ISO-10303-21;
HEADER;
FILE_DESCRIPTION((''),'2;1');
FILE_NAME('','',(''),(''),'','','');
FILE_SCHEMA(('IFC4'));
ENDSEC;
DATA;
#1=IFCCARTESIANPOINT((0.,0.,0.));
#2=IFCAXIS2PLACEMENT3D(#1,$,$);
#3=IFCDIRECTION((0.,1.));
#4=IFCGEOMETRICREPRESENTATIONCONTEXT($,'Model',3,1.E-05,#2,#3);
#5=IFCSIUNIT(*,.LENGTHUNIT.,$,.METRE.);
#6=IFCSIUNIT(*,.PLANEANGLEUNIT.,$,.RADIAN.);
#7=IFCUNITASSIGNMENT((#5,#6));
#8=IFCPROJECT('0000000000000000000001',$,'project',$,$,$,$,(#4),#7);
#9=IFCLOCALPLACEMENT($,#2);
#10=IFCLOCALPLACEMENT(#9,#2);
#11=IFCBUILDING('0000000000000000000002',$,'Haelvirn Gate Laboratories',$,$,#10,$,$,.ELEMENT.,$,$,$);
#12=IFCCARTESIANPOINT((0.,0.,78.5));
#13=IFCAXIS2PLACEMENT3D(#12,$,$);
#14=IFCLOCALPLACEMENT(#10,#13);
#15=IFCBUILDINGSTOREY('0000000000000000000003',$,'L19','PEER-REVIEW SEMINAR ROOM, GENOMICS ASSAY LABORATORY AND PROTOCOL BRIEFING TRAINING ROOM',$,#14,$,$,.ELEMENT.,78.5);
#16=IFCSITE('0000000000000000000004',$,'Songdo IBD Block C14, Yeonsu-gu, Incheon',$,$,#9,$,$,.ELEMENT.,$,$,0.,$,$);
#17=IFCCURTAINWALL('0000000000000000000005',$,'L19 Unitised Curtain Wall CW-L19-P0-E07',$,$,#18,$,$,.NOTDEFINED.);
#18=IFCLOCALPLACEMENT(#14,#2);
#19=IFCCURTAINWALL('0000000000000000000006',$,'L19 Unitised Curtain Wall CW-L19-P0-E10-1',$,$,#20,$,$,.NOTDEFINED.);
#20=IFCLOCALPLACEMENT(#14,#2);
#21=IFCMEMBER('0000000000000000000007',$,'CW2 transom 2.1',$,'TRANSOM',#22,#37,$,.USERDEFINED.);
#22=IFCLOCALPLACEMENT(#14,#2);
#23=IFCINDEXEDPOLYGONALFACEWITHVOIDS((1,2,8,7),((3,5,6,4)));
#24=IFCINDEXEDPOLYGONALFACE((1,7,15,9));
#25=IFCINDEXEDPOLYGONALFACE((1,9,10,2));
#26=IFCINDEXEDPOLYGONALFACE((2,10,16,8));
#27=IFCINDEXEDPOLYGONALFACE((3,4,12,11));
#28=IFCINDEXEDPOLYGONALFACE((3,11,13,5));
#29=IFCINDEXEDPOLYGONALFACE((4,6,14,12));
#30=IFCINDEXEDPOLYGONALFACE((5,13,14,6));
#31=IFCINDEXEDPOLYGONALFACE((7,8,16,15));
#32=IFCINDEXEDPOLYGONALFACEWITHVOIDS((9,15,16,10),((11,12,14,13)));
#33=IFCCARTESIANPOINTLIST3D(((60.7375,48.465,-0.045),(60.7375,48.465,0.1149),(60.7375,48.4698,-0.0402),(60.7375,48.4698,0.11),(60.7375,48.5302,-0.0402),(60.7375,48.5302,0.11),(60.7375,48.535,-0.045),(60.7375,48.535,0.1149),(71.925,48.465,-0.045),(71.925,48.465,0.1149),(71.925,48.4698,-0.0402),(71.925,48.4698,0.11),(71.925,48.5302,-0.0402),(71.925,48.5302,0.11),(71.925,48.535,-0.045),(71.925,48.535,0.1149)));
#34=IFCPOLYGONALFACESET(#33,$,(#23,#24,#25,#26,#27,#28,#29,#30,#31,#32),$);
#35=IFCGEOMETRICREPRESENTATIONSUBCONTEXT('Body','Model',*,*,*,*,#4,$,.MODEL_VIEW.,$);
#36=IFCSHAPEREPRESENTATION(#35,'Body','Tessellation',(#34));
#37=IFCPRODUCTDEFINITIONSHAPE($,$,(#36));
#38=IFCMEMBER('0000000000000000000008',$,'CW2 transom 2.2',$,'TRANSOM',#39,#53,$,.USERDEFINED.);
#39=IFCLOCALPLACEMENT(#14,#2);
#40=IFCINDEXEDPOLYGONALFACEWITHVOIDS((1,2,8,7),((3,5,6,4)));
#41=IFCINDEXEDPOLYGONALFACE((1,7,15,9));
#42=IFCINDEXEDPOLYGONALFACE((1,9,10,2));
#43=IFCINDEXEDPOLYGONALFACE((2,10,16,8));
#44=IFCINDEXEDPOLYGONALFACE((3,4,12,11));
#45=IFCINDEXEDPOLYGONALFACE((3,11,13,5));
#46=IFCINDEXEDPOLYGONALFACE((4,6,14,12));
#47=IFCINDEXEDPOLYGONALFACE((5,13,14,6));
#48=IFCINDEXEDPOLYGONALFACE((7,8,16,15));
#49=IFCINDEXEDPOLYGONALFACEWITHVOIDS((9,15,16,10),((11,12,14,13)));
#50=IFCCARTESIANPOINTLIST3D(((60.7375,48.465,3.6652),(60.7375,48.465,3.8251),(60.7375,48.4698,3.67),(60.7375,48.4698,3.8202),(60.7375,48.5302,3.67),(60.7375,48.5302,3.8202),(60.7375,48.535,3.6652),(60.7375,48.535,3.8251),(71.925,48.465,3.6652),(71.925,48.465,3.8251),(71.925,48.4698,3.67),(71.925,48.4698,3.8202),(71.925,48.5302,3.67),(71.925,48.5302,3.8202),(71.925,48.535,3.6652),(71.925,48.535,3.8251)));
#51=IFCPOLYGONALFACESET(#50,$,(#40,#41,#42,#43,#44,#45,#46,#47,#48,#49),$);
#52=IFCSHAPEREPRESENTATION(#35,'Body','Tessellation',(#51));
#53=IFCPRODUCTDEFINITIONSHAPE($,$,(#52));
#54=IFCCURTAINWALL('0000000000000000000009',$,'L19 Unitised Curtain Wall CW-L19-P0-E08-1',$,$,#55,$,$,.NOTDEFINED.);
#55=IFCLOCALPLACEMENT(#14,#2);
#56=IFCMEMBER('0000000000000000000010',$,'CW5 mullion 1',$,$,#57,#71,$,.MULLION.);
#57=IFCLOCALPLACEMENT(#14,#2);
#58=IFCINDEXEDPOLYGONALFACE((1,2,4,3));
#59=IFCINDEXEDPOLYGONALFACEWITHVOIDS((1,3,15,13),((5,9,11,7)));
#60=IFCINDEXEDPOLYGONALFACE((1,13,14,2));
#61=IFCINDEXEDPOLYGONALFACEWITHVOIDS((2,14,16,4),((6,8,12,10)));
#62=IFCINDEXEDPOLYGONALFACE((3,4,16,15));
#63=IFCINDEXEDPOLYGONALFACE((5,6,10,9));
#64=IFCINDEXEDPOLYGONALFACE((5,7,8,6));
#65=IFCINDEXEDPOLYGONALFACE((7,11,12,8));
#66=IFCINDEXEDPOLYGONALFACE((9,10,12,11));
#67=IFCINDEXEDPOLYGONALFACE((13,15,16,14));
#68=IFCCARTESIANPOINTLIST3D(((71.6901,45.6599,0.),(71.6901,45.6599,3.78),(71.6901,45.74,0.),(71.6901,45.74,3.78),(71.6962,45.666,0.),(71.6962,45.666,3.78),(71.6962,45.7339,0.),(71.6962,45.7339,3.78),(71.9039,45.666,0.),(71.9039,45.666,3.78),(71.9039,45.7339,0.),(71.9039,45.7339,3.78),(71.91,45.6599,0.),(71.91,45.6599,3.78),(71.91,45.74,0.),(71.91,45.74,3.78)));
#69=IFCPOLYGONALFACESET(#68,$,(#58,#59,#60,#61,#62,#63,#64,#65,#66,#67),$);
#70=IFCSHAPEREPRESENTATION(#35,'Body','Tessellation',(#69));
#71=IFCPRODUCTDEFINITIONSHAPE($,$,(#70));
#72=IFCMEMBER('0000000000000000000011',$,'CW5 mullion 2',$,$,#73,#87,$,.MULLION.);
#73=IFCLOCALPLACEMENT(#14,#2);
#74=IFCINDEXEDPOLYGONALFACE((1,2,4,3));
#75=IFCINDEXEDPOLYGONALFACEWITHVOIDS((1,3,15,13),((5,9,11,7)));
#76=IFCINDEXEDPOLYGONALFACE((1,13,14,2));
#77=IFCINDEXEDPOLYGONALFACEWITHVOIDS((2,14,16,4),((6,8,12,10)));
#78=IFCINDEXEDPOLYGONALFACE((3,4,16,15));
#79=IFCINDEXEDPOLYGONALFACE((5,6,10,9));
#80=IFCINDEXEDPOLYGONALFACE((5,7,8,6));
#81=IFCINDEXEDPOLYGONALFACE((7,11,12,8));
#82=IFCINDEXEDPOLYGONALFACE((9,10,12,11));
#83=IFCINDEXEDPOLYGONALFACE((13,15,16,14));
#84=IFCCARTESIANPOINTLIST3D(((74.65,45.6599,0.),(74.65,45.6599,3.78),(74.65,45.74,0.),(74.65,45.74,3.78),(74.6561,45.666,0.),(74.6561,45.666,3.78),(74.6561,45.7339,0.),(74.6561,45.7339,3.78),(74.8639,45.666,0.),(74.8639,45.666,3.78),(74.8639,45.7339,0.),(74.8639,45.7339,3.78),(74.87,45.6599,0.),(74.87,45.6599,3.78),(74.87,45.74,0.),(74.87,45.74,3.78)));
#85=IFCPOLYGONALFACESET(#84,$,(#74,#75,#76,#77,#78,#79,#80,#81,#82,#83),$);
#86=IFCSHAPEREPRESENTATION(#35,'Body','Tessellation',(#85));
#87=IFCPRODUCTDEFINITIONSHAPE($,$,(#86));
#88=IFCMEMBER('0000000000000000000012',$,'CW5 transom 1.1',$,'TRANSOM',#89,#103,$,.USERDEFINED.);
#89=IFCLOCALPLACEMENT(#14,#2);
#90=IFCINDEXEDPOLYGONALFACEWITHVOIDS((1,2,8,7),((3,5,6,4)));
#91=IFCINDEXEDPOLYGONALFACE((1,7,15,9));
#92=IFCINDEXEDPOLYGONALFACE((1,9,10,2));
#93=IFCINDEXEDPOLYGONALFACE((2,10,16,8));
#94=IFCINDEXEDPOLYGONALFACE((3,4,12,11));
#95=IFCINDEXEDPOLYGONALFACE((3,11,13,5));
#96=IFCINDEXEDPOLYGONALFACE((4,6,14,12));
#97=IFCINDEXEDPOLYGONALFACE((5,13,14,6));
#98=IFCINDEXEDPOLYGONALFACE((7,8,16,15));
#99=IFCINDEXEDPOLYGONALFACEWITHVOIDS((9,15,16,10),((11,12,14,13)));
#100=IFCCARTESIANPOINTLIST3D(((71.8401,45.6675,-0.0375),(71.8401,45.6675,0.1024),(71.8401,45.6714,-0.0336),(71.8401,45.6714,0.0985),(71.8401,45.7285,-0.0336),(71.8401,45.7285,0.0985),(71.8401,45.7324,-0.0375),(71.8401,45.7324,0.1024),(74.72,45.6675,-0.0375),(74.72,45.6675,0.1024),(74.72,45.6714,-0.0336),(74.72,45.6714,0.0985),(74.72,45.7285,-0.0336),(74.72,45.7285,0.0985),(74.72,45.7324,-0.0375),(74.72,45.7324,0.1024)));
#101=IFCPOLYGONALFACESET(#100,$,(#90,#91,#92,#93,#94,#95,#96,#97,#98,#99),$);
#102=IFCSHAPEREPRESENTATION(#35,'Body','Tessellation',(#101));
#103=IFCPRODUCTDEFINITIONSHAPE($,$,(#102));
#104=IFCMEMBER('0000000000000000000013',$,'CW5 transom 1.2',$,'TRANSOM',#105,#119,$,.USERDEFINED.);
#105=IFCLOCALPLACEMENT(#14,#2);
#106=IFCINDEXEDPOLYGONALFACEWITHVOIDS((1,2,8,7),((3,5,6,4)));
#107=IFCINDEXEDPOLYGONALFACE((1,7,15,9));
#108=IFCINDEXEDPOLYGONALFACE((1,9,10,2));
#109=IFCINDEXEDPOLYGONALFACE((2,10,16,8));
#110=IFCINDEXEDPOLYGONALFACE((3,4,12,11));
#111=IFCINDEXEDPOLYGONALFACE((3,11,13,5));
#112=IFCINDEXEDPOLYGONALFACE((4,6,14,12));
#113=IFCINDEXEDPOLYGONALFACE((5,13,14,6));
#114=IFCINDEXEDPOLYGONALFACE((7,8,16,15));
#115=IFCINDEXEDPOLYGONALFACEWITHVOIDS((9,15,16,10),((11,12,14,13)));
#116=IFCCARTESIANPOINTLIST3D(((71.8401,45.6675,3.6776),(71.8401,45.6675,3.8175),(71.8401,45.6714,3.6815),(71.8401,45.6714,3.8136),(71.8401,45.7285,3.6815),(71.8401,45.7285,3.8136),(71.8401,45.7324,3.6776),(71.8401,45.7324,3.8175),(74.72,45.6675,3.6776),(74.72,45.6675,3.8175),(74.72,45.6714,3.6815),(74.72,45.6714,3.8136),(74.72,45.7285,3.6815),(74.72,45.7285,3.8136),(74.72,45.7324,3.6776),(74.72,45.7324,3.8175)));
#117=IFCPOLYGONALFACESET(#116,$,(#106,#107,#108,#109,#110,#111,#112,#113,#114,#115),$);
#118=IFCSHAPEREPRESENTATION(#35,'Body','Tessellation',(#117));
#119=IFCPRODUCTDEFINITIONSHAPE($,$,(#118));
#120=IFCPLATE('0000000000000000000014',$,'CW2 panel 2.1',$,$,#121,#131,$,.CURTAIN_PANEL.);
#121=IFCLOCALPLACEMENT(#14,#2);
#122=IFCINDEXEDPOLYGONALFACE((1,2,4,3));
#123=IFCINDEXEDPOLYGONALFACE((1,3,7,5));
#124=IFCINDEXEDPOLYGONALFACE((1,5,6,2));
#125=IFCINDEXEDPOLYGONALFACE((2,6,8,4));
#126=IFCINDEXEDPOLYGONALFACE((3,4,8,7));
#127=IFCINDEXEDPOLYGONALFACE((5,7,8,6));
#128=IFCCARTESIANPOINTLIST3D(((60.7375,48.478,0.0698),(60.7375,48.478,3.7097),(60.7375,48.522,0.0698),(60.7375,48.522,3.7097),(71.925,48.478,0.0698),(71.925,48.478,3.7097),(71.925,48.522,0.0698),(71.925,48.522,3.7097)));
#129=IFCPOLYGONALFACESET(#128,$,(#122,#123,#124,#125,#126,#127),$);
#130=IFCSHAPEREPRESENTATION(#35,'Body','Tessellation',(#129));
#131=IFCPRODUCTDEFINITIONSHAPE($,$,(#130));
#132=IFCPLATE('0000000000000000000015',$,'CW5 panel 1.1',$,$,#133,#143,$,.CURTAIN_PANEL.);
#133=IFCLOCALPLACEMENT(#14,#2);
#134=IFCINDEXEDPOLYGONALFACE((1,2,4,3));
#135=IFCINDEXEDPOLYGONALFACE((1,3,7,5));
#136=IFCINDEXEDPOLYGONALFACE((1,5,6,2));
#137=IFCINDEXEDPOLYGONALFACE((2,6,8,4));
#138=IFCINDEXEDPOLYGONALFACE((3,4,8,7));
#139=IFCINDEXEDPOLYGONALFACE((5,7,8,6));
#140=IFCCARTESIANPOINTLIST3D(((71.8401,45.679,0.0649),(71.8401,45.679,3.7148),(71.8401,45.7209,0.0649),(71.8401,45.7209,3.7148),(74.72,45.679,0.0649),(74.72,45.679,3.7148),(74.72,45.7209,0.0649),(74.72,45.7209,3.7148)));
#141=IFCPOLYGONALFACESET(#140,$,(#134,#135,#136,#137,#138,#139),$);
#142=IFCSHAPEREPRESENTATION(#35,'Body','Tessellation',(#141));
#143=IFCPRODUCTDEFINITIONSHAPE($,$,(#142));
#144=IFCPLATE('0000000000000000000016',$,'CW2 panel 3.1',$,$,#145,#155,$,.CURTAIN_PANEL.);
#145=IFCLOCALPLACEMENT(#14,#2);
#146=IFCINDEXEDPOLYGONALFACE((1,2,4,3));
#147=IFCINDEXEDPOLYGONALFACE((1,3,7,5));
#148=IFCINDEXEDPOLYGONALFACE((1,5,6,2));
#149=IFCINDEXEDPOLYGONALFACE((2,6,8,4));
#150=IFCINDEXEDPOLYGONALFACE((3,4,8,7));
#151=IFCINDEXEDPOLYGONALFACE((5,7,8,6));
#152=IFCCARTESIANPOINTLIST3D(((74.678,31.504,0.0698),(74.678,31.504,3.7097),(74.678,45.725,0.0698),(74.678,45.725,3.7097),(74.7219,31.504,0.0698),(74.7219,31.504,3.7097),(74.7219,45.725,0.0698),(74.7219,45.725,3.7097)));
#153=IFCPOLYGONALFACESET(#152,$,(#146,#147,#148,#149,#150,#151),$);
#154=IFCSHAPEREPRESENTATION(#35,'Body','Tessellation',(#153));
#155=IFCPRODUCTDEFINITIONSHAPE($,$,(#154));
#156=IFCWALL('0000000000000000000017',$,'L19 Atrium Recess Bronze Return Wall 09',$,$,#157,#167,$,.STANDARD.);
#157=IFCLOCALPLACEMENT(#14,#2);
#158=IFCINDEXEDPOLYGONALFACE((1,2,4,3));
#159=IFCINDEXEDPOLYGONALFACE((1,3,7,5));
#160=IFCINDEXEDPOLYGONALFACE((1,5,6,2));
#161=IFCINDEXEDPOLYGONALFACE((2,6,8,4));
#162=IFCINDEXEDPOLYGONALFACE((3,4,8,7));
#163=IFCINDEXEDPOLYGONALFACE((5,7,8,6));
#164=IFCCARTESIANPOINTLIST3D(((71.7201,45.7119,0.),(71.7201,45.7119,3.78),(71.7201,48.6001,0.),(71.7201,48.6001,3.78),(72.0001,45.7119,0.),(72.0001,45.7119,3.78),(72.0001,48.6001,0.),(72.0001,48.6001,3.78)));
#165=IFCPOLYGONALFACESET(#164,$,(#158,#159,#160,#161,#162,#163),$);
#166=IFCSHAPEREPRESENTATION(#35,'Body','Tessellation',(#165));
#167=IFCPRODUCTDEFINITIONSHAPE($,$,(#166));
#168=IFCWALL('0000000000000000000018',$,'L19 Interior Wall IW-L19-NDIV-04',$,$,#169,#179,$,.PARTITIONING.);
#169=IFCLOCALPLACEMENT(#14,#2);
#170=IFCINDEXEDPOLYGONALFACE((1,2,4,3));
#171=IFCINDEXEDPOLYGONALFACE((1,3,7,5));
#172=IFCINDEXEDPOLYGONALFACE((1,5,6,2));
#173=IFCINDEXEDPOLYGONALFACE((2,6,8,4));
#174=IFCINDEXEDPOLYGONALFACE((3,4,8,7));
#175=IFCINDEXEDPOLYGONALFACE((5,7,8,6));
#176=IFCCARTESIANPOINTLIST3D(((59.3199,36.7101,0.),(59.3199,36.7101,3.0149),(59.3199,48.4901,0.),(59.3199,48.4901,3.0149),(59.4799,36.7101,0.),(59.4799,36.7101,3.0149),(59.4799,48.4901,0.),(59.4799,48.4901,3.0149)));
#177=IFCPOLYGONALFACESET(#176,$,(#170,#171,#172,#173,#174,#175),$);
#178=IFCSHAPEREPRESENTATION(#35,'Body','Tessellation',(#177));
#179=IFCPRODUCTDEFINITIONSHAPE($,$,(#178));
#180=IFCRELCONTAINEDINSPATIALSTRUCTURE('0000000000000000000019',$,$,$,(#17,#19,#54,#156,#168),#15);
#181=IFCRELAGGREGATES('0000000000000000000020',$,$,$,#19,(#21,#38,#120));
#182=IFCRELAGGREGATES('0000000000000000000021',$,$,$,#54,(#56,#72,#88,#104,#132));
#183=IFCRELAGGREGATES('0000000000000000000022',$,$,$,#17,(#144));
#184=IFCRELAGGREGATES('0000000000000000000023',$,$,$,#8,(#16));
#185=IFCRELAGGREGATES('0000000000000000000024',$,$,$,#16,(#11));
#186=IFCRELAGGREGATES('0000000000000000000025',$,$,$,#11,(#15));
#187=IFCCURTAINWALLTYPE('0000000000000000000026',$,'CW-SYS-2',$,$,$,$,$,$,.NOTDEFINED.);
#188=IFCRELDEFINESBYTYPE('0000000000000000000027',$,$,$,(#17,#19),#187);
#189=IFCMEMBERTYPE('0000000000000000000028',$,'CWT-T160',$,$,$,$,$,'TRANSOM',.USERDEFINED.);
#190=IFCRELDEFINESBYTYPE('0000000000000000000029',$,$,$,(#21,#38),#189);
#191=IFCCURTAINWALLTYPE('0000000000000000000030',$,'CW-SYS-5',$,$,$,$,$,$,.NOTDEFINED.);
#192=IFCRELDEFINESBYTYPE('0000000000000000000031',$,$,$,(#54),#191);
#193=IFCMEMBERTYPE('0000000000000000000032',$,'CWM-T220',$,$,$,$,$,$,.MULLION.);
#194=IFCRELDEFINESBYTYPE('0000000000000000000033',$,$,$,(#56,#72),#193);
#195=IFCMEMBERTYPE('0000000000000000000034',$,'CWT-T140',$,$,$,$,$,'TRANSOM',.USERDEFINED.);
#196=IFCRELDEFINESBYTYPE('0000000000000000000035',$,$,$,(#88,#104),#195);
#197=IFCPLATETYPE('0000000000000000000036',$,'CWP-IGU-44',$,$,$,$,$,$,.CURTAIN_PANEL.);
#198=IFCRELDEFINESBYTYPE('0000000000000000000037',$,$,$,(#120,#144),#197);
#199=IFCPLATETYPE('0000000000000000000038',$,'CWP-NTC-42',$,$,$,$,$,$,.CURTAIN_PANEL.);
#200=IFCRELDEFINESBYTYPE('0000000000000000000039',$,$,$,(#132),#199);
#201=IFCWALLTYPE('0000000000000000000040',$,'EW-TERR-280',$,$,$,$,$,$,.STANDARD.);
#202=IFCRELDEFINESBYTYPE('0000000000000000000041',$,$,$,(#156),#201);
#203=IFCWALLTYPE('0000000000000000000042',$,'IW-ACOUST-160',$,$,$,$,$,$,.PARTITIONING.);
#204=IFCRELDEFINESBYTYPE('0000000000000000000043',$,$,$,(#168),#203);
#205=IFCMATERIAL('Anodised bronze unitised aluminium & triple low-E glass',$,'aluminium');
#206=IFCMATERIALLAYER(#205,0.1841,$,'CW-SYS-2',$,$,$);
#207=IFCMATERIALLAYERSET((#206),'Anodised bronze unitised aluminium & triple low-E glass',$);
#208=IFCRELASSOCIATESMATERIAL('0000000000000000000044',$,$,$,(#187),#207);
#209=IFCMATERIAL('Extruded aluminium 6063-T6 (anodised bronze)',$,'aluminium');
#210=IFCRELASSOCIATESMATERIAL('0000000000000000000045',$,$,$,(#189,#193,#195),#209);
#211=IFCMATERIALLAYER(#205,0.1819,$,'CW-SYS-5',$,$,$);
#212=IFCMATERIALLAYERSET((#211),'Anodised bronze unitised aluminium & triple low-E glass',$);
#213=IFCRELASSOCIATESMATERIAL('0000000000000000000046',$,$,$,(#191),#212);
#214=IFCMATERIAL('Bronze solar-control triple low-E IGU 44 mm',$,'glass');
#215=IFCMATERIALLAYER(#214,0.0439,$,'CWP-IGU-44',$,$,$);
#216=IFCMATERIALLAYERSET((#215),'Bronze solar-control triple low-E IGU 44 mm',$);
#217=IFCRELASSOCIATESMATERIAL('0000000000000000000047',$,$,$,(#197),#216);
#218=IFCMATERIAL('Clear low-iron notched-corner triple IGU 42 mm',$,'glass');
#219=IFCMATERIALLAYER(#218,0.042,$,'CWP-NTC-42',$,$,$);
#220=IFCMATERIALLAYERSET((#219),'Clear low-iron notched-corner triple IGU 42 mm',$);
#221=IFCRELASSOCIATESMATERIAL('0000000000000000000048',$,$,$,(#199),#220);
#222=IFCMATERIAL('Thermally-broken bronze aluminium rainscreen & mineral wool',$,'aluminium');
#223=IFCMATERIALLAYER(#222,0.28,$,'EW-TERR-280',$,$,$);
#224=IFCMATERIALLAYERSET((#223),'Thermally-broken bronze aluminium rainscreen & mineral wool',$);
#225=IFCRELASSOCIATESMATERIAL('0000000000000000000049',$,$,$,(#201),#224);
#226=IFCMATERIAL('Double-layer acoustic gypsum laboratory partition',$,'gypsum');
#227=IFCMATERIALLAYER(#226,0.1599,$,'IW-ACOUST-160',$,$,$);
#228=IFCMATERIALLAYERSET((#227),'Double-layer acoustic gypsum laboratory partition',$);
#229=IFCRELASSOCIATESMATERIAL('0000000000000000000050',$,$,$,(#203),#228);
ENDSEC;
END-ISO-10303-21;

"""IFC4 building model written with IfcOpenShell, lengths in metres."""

from ifc_helpers import new_model, si_unit, direction, frame, frame_2d, origin, origin_2d, place, context, subcontext, project, spatial, rectangle, hollow_rectangle, extrude, source, transform, mapped, material, layer, layer_set, material_profile, profile_set, type_object, type_shapes, element, aggregate, save


model = new_model("IFC4")

# Units and contexts
model_context = context("Model", 3, precision=1e-05, world=origin(), true_north=direction((0.0, 1.0)))
body_context = subcontext(model_context, "Body", "Model", "MODEL_VIEW")
ifc_project = project(units=[si_unit("LENGTHUNIT", "METRE"), si_unit("PLANEANGLEUNIT", "RADIAN")], contexts=[model_context])

# Site, building, storey
site_placement = place(None, origin())
site = spatial("IfcSite", under=ifc_project, at=site_placement, Name="Songdo IBD Block C14, Yeonsu-gu, Incheon", CompositionType="ELEMENT", RefElevation=0.0)
building_placement = place(site_placement, origin())
building = spatial("IfcBuilding", under=site, at=building_placement, Name="Haelvirn Gate Laboratories", CompositionType="ELEMENT")
storey_placement = place(building_placement, frame((0.0, 0.0, 78.5)))
storey = spatial("IfcBuildingStorey", under=building, at=storey_placement, Name="L19", Description="PEER-REVIEW SEMINAR ROOM, GENOMICS ASSAY LABORATORY AND PROTOCOL BRIEFING TRAINING ROOM", CompositionType="ELEMENT", Elevation=78.5)

# Curtain wall
ifc_material_1 = material(Name="Anodised bronze unitised aluminium & triple low-E glass", Category="aluminium")
ifc_layer_1 = layer(ifc_material_1, 0.1841, Name="CW-SYS-2")
ifc_layer_set_1 = layer_set([ifc_layer_1], Name="Anodised bronze unitised aluminium & triple low-E glass")
curtain_wall_type_1 = type_object("IfcCurtainWallType", Name="CW-SYS-2", PredefinedType="NOTDEFINED", material=ifc_layer_set_1)
curtain_wall_1_placement = place(storey_placement, origin())
curtain_wall_1 = element("IfcCurtainWall", 1, at=curtain_wall_1_placement, inside=storey, type_object=curtain_wall_type_1, Name="L19 Unitised Curtain Wall CW-L19-P0-E07", PredefinedType="NOTDEFINED")
ifc_material_2 = material(Name="Extruded aluminium 6063-T6 (anodised bronze)", Category="aluminium")

# Curtain walls, members
curtain_wall_2_placement = place(storey_placement, origin())
curtain_wall_2 = element("IfcCurtainWall", 2, at=curtain_wall_2_placement, inside=storey, type_object=curtain_wall_type_1, Name="L19 Unitised Curtain Wall CW-L19-P0-E10-1", PredefinedType="NOTDEFINED")
ifc_material_profile_1 = material_profile(ifc_material_2, hollow_rectangle(XDim=0.0701, YDim=0.1599, WallThickness=0.0049, at=origin_2d()), Name="CWT-160x70x5")
ifc_profile_set_1 = profile_set([ifc_material_profile_1], Name="Extruded aluminium 6063-T6 (anodised bronze)")
member_type_1 = type_object("IfcMemberType", Name="CWT-T160", ElementType="TRANSOM", PredefinedType="USERDEFINED", material=ifc_profile_set_1)
shared_shape_1 = source(origin(), body_context, "Body", "SweptSolid", [
    extrude(hollow_rectangle(XDim=0.0701, YDim=0.1599, WallThickness=0.0049, at=origin_2d()), origin(), (0.0, 0.0, 1.0), 11.1875),
])
type_shapes(member_type_1, [shared_shape_1])
member_1_placement = place(storey_placement, frame((60.7375, 48.5, 0.0349), z_axis=(1.0, 0.0, 0.0), x_axis=(0.0, 1.0, 0.0)))
member_1 = element("IfcMember", 3, at=member_1_placement, type_object=member_type_1, Name="CW2 transom 2.1", ObjectType="TRANSOM", PredefinedType="USERDEFINED", context=body_context, shape_type="MappedRepresentation", body=[
    mapped(shared_shape_1, transform((0.0, 0.0, 0.0), scale=1.0)),
])
member_2_placement = place(storey_placement, frame((60.7375, 48.5, 3.7451), z_axis=(1.0, 0.0, 0.0), x_axis=(0.0, 1.0, 0.0)))
member_2 = element("IfcMember", 4, at=member_2_placement, type_object=member_type_1, Name="CW2 transom 2.2", ObjectType="TRANSOM", PredefinedType="USERDEFINED", context=body_context, shape_type="MappedRepresentation", body=[
    mapped(shared_shape_1, transform((0.0, 0.0, 0.0), scale=1.0)),
])
ifc_layer_2 = layer(ifc_material_1, 0.1819, Name="CW-SYS-5")
ifc_layer_set_2 = layer_set([ifc_layer_2], Name="Anodised bronze unitised aluminium & triple low-E glass")
curtain_wall_type_2 = type_object("IfcCurtainWallType", Name="CW-SYS-5", PredefinedType="NOTDEFINED", material=ifc_layer_set_2)
curtain_wall_3_placement = place(storey_placement, origin())
curtain_wall_3 = element("IfcCurtainWall", 5, at=curtain_wall_3_placement, inside=storey, type_object=curtain_wall_type_2, Name="L19 Unitised Curtain Wall CW-L19-P0-E08-1", PredefinedType="NOTDEFINED")
ifc_material_profile_2 = material_profile(ifc_material_2, hollow_rectangle(XDim=0.0801, YDim=0.22, WallThickness=0.0061, at=origin_2d()), Name="CWM-220x80x6")
ifc_profile_set_2 = profile_set([ifc_material_profile_2], Name="Extruded aluminium 6063-T6 (anodised bronze)")
member_type_2 = type_object("IfcMemberType", Name="CWM-T220", PredefinedType="MULLION", material=ifc_profile_set_2)
shared_shape_2 = source(origin(), body_context, "Body", "SweptSolid", [
    extrude(hollow_rectangle(XDim=0.0801, YDim=0.22, WallThickness=0.0061, at=origin_2d()), origin(), (0.0, 0.0, 1.0), 3.78),
])
type_shapes(member_type_2, [shared_shape_2])
member_3_placement = place(storey_placement, frame((71.8, 45.7, 0.0), z_axis=(0.0, 0.0, 1.0), x_axis=(0.0, 1.0, 0.0)))
member_3 = element("IfcMember", 6, at=member_3_placement, type_object=member_type_2, Name="CW5 mullion 1", PredefinedType="MULLION", context=body_context, shape_type="MappedRepresentation", body=[
    mapped(shared_shape_2, transform((0.0, 0.0, 0.0), scale=1.0)),
])
member_4_placement = place(storey_placement, frame((74.76, 45.7, 0.0), z_axis=(0.0, 0.0, 1.0), x_axis=(0.0, 1.0, 0.0)))
member_4 = element("IfcMember", 7, at=member_4_placement, type_object=member_type_2, Name="CW5 mullion 2", PredefinedType="MULLION", context=body_context, shape_type="MappedRepresentation", body=[
    mapped(shared_shape_2, transform((0.0, 0.0, 0.0), scale=1.0)),
])
ifc_material_profile_3 = material_profile(ifc_material_2, hollow_rectangle(XDim=0.0649, YDim=0.1399, WallThickness=0.0039, at=origin_2d()), Name="CWT-140x65x4")
ifc_profile_set_3 = profile_set([ifc_material_profile_3], Name="Extruded aluminium 6063-T6 (anodised bronze)")
member_type_3 = type_object("IfcMemberType", Name="CWT-T140", ElementType="TRANSOM", PredefinedType="USERDEFINED", material=ifc_profile_set_3)
shared_shape_3 = source(origin(), body_context, "Body", "SweptSolid", [
    extrude(hollow_rectangle(XDim=0.0649, YDim=0.1399, WallThickness=0.0039, at=origin_2d()), origin(), (0.0, 0.0, 1.0), 2.8799),
])
type_shapes(member_type_3, [shared_shape_3])
member_5_placement = place(storey_placement, frame((71.8401, 45.7, 0.0325), z_axis=(1.0, 0.0, 0.0), x_axis=(0.0, 1.0, 0.0)))
member_5 = element("IfcMember", 8, at=member_5_placement, type_object=member_type_3, Name="CW5 transom 1.1", ObjectType="TRANSOM", PredefinedType="USERDEFINED", context=body_context, shape_type="MappedRepresentation", body=[
    mapped(shared_shape_3, transform((0.0, 0.0, 0.0), scale=1.0)),
])
member_6_placement = place(storey_placement, frame((71.8401, 45.7, 3.7476), z_axis=(1.0, 0.0, 0.0), x_axis=(0.0, 1.0, 0.0)))
member_6 = element("IfcMember", 9, at=member_6_placement, type_object=member_type_3, Name="CW5 transom 1.2", ObjectType="TRANSOM", PredefinedType="USERDEFINED", context=body_context, shape_type="MappedRepresentation", body=[
    mapped(shared_shape_3, transform((0.0, 0.0, 0.0), scale=1.0)),
])

# Plates
ifc_material_3 = material(Name="Bronze solar-control triple low-E IGU 44 mm", Category="glass")
ifc_layer_3 = layer(ifc_material_3, 0.0439, Name="CWP-IGU-44")
ifc_layer_set_3 = layer_set([ifc_layer_3], Name="Bronze solar-control triple low-E IGU 44 mm")
plate_type_1 = type_object("IfcPlateType", Name="CWP-IGU-44", PredefinedType="CURTAIN_PANEL", material=ifc_layer_set_3)
shared_shape_4 = source(origin(), body_context, "Body", "SweptSolid", [
    extrude(rectangle(XDim=11.1875, YDim=0.0439, at=origin_2d()), origin(), (0.0, 0.0, 1.0), 3.6399),
])
plate_1_placement = place(storey_placement, frame((66.3313, 48.5, 0.0698), z_axis=(0.0, 0.0, 1.0), x_axis=(1.0, 0.0, 0.0)))
plate_1 = element("IfcPlate", 10, at=plate_1_placement, type_object=plate_type_1, Name="CW2 panel 2.1", PredefinedType="CURTAIN_PANEL", context=body_context, shape_type="MappedRepresentation", body=[
    mapped(shared_shape_4, transform((0.0, 0.0, 0.0), scale=1.0)),
])
aggregate(curtain_wall_2, [member_1, member_2, plate_1])
ifc_material_4 = material(Name="Clear low-iron notched-corner triple IGU 42 mm", Category="glass")
ifc_layer_4 = layer(ifc_material_4, 0.042, Name="CWP-NTC-42")
ifc_layer_set_4 = layer_set([ifc_layer_4], Name="Clear low-iron notched-corner triple IGU 42 mm")
plate_type_2 = type_object("IfcPlateType", Name="CWP-NTC-42", PredefinedType="CURTAIN_PANEL", material=ifc_layer_set_4)
shared_shape_5 = source(origin(), body_context, "Body", "SweptSolid", [
    extrude(rectangle(XDim=2.8799, YDim=0.042, at=origin_2d()), origin(), (0.0, 0.0, 1.0), 3.6499),
])
type_shapes(plate_type_2, [shared_shape_5])
plate_2_placement = place(storey_placement, frame((73.28, 45.7, 0.0649), z_axis=(0.0, 0.0, 1.0), x_axis=(1.0, 0.0, 0.0)))
plate_2 = element("IfcPlate", 11, at=plate_2_placement, type_object=plate_type_2, Name="CW5 panel 1.1", PredefinedType="CURTAIN_PANEL", context=body_context, shape_type="MappedRepresentation", body=[
    mapped(shared_shape_5, transform((0.0, 0.0, 0.0), scale=1.0)),
])
aggregate(curtain_wall_3, [member_3, member_4, member_5, member_6, plate_2])
shared_shape_6 = source(origin(), body_context, "Body", "SweptSolid", [
    extrude(rectangle(XDim=14.2209, YDim=0.0439, at=origin_2d()), origin(), (0.0, 0.0, 1.0), 3.6399),
])
type_shapes(plate_type_1, [shared_shape_4, shared_shape_6])
plate_3_placement = place(storey_placement, frame((74.7, 38.6145, 0.0698), z_axis=(0.0, 0.0, 1.0), x_axis=(0.0, 1.0, 0.0)))
plate_3 = element("IfcPlate", 12, at=plate_3_placement, type_object=plate_type_1, Name="CW2 panel 3.1", PredefinedType="CURTAIN_PANEL", context=body_context, shape_type="MappedRepresentation", body=[
    mapped(shared_shape_6, transform((0.0, 0.0, 0.0), scale=1.0)),
])
aggregate(curtain_wall_1, [plate_3])

# Walls
ifc_material_5 = material(Name="Thermally-broken bronze aluminium rainscreen & mineral wool", Category="aluminium")
ifc_layer_5 = layer(ifc_material_5, 0.28, Name="EW-TERR-280")
ifc_layer_set_5 = layer_set([ifc_layer_5], Name="Thermally-broken bronze aluminium rainscreen & mineral wool")
wall_type_1 = type_object("IfcWallType", Name="EW-TERR-280", PredefinedType="STANDARD", material=ifc_layer_set_5)
wall_1_placement = place(storey_placement, frame((71.8601, 45.7119, 0.0), z_axis=(0.0, 0.0, 1.0), x_axis=(0.0, 1.0, 0.0)))
element("IfcWall", 13, at=wall_1_placement, inside=storey, type_object=wall_type_1, Name="L19 Atrium Recess Bronze Return Wall 09", PredefinedType="STANDARD", context=body_context, shape_type="SweptSolid", body=[
    extrude(rectangle(XDim=2.8882, YDim=0.28, at=frame_2d((1.4441, 0.0))), origin(), (0.0, 0.0, 1.0), 3.78),
])
ifc_material_6 = material(Name="Double-layer acoustic gypsum laboratory partition", Category="gypsum")
ifc_layer_6 = layer(ifc_material_6, 0.1599, Name="IW-ACOUST-160")
ifc_layer_set_6 = layer_set([ifc_layer_6], Name="Double-layer acoustic gypsum laboratory partition")
wall_type_2 = type_object("IfcWallType", Name="IW-ACOUST-160", PredefinedType="PARTITIONING", material=ifc_layer_set_6)
wall_2_placement = place(storey_placement, frame((59.3999, 36.71, 0.0), z_axis=(0.0, 0.0, 1.0), x_axis=(0.0, 1.0, 0.0)))
element("IfcWall", 14, at=wall_2_placement, inside=storey, type_object=wall_type_2, Name="L19 Interior Wall IW-L19-NDIV-04", PredefinedType="PARTITIONING", context=body_context, shape_type="SweptSolid", body=[
    extrude(rectangle(XDim=11.78, YDim=0.1599, at=frame_2d((5.8901, 0.0))), origin(), (0.0, 0.0, 1.0), 3.0149),
])

save(model, "model.ifc")
